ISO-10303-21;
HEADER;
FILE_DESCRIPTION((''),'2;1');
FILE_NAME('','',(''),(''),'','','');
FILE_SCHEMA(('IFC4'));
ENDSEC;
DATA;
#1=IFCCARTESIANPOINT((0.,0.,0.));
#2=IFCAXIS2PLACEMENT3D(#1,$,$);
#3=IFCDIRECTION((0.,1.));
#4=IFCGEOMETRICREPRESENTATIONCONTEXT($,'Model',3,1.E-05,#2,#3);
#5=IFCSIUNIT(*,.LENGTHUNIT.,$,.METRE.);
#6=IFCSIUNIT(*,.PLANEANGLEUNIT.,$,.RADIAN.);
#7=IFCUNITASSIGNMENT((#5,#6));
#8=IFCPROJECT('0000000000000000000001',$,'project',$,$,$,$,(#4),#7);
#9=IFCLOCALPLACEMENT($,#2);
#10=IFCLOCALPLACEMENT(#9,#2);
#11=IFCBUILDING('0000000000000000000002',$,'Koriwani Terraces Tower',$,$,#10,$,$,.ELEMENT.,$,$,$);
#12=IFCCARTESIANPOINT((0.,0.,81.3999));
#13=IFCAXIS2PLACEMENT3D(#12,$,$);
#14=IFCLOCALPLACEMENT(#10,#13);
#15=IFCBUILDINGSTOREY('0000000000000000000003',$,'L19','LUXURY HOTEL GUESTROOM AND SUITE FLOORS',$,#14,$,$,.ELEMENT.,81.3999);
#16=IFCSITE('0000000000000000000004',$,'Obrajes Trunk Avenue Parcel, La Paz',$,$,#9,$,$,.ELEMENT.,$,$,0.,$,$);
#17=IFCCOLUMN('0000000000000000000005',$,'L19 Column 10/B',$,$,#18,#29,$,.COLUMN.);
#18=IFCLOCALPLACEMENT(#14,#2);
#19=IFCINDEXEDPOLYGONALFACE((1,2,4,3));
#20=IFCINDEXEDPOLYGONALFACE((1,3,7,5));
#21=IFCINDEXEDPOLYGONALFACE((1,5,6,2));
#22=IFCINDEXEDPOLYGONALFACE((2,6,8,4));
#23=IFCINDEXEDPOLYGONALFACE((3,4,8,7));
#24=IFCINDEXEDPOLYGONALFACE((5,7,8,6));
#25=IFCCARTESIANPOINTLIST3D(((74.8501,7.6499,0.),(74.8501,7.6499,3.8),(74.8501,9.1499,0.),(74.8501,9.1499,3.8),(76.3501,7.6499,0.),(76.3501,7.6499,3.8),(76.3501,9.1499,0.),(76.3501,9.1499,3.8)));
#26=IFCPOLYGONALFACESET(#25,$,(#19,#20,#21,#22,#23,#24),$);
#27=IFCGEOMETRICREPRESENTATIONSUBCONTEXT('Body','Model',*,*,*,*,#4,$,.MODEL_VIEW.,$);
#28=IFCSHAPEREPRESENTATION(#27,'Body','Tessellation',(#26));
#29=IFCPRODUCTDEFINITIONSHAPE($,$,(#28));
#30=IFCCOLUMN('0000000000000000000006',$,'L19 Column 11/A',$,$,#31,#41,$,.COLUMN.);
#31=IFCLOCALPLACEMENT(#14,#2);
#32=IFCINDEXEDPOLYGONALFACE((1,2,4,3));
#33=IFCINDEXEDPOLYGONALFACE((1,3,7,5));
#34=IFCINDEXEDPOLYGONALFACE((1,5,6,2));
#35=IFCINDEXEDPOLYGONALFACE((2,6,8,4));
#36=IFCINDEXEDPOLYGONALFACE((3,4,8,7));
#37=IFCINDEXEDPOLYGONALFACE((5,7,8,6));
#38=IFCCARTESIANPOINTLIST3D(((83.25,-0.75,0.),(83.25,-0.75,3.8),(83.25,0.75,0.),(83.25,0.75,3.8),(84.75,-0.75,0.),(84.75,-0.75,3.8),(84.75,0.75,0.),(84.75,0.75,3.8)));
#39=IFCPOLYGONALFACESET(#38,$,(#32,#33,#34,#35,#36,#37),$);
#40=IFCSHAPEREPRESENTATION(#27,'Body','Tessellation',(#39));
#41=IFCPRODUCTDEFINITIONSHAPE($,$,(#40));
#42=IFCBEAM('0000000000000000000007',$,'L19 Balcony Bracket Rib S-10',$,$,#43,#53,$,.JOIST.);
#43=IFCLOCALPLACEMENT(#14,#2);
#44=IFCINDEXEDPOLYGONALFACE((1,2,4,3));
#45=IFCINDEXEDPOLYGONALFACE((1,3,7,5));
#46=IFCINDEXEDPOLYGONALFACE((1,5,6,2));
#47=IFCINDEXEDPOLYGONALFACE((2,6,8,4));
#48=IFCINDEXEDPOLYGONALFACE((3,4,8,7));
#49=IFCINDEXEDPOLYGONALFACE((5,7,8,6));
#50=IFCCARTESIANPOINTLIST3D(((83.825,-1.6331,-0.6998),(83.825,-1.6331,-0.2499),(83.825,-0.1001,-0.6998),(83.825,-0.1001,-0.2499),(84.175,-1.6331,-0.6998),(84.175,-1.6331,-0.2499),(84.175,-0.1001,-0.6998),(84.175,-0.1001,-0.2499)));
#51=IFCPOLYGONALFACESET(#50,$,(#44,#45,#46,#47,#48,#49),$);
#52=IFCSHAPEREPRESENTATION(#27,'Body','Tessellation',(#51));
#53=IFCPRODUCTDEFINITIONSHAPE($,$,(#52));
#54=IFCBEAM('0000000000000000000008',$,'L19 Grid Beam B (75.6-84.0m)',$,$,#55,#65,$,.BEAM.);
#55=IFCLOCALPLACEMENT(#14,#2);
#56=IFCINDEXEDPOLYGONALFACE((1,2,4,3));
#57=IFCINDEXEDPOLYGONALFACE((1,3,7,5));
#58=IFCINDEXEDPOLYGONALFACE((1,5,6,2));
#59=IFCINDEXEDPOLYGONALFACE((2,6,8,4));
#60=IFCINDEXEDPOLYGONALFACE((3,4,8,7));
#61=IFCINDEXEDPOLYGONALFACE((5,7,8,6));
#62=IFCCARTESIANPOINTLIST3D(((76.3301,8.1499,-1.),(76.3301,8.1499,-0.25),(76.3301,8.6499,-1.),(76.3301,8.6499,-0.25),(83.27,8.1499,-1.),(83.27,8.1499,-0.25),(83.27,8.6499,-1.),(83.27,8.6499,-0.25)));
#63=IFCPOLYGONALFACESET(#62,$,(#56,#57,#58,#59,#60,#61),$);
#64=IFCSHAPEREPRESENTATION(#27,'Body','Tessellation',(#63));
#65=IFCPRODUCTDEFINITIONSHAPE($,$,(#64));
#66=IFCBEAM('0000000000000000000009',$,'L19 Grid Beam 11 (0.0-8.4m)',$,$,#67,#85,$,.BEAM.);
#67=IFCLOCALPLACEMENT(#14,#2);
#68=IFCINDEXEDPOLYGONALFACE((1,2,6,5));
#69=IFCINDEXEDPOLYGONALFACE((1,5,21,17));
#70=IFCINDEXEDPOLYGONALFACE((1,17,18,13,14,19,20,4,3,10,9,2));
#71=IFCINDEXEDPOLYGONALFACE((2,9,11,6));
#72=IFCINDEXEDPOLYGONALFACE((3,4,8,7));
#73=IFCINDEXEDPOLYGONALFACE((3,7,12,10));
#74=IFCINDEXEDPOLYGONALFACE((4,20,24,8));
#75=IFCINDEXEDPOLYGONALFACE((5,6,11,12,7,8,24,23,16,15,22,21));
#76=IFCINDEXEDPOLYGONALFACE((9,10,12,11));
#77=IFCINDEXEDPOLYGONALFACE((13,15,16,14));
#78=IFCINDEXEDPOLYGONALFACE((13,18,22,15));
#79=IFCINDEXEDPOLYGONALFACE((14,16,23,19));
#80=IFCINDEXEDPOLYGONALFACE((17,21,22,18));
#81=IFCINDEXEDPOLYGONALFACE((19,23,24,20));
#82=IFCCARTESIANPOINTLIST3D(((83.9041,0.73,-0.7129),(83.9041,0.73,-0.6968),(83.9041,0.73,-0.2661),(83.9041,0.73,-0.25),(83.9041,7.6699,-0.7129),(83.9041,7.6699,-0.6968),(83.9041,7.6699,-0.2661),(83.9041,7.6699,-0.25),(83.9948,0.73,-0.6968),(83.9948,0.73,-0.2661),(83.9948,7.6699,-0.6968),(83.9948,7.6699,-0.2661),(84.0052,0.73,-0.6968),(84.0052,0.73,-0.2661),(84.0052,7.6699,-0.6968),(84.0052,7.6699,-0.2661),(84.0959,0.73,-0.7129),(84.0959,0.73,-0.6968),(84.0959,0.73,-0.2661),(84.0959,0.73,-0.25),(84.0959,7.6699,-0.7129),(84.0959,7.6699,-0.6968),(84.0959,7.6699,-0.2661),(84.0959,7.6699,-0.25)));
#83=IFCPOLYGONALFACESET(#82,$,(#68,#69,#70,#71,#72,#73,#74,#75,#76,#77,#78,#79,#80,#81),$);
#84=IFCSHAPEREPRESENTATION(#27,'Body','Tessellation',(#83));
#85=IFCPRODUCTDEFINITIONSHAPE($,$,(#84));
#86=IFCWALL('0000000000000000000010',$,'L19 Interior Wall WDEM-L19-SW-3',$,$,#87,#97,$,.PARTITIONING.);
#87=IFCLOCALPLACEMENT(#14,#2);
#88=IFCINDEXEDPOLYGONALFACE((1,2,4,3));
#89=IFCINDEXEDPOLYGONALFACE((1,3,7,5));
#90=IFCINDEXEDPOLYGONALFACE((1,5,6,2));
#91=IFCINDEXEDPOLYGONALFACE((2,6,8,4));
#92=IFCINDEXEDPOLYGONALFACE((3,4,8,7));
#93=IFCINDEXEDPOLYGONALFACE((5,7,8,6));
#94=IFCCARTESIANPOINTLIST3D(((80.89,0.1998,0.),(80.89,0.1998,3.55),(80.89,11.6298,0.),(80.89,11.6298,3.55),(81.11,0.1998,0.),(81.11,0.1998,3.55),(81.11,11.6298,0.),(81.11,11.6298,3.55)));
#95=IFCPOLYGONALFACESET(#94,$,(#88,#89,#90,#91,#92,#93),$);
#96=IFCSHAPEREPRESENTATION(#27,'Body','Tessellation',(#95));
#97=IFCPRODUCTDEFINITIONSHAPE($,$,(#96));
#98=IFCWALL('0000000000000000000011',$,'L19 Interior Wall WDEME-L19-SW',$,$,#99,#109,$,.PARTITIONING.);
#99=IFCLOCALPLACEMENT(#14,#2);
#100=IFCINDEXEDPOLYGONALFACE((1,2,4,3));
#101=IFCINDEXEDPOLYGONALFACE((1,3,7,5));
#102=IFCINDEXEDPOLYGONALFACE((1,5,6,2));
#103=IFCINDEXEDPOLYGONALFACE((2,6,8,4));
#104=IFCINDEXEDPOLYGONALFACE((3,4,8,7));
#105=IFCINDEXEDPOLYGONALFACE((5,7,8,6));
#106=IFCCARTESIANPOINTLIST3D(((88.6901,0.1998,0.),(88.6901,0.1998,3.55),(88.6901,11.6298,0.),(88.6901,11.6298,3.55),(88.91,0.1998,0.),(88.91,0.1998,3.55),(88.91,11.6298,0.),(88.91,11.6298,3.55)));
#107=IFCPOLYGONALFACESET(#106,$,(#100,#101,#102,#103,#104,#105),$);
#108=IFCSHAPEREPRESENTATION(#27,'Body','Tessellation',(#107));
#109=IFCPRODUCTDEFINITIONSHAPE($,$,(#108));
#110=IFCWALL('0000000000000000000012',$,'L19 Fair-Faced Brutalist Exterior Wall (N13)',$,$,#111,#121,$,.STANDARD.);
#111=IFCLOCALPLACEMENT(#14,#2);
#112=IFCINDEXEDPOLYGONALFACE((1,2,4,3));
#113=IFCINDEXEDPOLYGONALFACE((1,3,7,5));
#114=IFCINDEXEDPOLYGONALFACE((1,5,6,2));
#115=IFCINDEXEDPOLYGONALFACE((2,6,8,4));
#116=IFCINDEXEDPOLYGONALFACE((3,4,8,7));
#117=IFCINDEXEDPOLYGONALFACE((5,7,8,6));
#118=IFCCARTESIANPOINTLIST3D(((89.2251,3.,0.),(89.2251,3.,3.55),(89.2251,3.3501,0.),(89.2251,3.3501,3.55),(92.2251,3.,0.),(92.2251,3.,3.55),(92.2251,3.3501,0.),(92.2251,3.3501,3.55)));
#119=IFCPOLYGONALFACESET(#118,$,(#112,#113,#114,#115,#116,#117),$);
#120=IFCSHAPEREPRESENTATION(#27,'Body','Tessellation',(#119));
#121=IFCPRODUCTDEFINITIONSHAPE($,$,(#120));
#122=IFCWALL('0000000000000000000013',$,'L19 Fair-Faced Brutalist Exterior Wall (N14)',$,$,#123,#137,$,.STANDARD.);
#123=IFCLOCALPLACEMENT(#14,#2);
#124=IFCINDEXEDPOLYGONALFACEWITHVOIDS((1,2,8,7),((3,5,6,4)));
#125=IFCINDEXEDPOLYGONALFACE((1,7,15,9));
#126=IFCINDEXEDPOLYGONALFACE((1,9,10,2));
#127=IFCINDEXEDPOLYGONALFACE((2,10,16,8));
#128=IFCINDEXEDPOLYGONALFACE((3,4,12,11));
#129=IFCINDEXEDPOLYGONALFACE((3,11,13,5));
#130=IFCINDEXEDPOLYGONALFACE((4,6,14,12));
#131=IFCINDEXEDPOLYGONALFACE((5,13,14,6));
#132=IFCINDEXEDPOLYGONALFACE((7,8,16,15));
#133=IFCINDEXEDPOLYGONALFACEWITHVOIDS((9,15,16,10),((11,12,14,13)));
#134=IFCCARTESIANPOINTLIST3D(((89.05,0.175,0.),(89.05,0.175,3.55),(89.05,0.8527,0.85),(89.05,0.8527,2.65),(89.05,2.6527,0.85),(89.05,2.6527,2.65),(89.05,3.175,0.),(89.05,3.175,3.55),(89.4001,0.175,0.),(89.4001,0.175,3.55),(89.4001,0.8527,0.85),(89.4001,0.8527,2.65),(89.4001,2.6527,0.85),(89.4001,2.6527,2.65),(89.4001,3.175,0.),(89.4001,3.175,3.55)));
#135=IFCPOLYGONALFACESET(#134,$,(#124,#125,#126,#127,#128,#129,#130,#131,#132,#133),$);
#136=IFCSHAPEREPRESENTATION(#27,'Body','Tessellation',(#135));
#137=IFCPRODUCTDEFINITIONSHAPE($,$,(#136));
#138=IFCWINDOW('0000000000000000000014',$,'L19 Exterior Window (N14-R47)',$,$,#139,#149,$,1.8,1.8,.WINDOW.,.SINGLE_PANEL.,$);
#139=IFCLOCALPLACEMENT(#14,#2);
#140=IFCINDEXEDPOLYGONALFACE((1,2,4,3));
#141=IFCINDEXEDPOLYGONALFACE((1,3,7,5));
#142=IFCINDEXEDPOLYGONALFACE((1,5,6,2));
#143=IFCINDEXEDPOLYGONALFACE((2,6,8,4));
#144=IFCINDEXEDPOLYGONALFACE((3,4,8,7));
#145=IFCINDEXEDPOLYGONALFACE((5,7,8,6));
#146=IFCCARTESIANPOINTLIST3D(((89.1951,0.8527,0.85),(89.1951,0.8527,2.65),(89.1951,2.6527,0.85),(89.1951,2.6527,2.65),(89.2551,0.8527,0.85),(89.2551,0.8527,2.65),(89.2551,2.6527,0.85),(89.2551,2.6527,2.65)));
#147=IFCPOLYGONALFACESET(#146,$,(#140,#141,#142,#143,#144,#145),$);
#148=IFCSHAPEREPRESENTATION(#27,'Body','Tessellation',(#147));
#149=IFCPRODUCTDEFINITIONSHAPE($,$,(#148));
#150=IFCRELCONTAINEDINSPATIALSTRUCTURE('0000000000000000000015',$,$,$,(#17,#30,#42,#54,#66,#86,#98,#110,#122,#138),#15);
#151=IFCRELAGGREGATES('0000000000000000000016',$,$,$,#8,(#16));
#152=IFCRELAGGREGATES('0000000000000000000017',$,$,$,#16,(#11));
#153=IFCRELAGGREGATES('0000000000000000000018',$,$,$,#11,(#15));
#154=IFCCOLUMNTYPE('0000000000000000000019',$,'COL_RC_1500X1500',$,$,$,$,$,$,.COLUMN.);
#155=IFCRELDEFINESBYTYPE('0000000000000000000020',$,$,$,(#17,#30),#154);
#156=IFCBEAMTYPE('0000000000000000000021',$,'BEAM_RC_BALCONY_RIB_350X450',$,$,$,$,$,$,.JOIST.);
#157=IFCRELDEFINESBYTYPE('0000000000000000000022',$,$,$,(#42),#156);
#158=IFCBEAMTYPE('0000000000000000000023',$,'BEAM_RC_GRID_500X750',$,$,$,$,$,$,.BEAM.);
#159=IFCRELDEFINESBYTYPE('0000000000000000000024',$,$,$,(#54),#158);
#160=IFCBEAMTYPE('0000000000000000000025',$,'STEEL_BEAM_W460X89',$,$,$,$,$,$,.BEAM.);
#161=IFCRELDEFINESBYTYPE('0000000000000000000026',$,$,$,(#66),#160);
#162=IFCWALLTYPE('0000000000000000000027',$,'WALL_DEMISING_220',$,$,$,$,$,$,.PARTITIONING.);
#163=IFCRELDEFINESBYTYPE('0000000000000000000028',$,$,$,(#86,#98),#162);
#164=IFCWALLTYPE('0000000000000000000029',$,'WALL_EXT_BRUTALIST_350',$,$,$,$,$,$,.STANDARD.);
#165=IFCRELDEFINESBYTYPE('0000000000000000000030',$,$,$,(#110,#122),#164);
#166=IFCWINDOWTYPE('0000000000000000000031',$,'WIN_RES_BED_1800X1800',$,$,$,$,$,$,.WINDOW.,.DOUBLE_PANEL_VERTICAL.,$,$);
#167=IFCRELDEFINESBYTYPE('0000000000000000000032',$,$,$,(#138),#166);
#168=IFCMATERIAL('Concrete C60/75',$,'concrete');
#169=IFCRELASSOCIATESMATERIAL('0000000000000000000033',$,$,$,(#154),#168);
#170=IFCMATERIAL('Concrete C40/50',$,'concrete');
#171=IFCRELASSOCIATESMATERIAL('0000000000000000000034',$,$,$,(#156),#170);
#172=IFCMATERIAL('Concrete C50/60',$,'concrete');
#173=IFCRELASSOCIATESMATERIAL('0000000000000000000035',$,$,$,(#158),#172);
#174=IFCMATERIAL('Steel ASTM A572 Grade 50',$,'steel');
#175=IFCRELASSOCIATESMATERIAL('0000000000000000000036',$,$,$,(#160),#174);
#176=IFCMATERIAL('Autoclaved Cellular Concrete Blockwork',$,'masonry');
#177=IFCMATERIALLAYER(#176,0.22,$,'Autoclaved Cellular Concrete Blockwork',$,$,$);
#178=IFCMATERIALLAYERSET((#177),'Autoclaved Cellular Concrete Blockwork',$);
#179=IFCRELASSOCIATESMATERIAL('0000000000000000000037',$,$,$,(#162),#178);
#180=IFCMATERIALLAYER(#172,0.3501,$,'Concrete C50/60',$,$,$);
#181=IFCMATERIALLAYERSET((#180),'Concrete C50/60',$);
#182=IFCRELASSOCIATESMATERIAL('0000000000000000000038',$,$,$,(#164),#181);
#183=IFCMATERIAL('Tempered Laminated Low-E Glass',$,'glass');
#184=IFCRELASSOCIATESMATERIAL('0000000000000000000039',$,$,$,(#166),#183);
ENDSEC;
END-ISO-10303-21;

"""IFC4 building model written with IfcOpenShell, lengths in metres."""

from ifc_helpers import new_model, si_unit, direction, frame, frame_2d, origin, origin_2d, place, context, subcontext, project, spatial, rectangle, i_section, extrude, material, layer, layer_set, material_profile, profile_set, type_object, element, fill, save


model = new_model("IFC4")

# Units and contexts
model_context = context("Model", 3, precision=1e-05, world=origin(), true_north=direction((0.0, 1.0)))
body_context = subcontext(model_context, "Body", "Model", "MODEL_VIEW")
ifc_project = project(units=[si_unit("LENGTHUNIT", "METRE"), si_unit("PLANEANGLEUNIT", "RADIAN")], contexts=[model_context])

# Site, building, storey
site_placement = place(None, origin())
site = spatial("IfcSite", under=ifc_project, at=site_placement, Name="Obrajes Trunk Avenue Parcel, La Paz", CompositionType="ELEMENT", RefElevation=0.0)
building_placement = place(site_placement, origin())
building = spatial("IfcBuilding", under=site, at=building_placement, Name="Koriwani Terraces Tower", CompositionType="ELEMENT")
storey_placement = place(building_placement, frame((0.0, 0.0, 81.3999)))
storey = spatial("IfcBuildingStorey", under=building, at=storey_placement, Name="L19", Description="LUXURY HOTEL GUESTROOM AND SUITE FLOORS", CompositionType="ELEMENT", Elevation=81.3999)

# Columns
ifc_material_1 = material(Name="Concrete C60/75", Category="concrete")
ifc_material_profile_1 = material_profile(ifc_material_1, rectangle(XDim=1.5, YDim=1.5, at=origin_2d()), Name="Concrete C60/75", Category="LoadBearing")
ifc_profile_set_1 = profile_set([ifc_material_profile_1], Name="Concrete C60/75")
column_type = type_object("IfcColumnType", Name="COL_RC_1500X1500", PredefinedType="COLUMN", material=ifc_profile_set_1)
for number, where, z_axis, x_axis, name in (
    (1, (75.6001, 8.3999, 0.0), (0.0, 0.0, 1.0), (1.0, 0.0, 0.0), "L19 Column 10/B"),
    (2, (84.0, 0.0, 0.0), (0.0, 0.0, 1.0), (1.0, 0.0, 0.0), "L19 Column 11/A"),
):
    element("IfcColumn", number, at=place(storey_placement, frame(where, z_axis=z_axis, x_axis=x_axis)), inside=storey, type_object=column_type, Name=name, PredefinedType="COLUMN", context=body_context, shape_type="SweptSolid", body=[
        extrude(rectangle(XDim=1.5, YDim=1.5, at=origin_2d()), origin(), (0.0, 0.0, 1.0), 3.8),
    ])

# Beams
ifc_material_2 = material(Name="Concrete C40/50", Category="concrete")
ifc_material_profile_2 = material_profile(ifc_material_2, rectangle(XDim=0.3501, YDim=0.45, at=origin_2d()), Name="Concrete C40/50", Category="LoadBearing")
ifc_profile_set_2 = profile_set([ifc_material_profile_2], Name="Concrete C40/50")
beam_type_1 = type_object("IfcBeamType", Name="BEAM_RC_BALCONY_RIB_350X450", PredefinedType="JOIST", material=ifc_profile_set_2)
beam_1_placement = place(storey_placement, frame((84.0, -1.6331, -0.4749), z_axis=(0.0, 1.0, 0.0), x_axis=(-1.0, 0.0, 0.0)))
element("IfcBeam", 3, at=beam_1_placement, inside=storey, type_object=beam_type_1, Name="L19 Balcony Bracket Rib S-10", PredefinedType="JOIST", context=body_context, shape_type="SweptSolid", body=[
    extrude(rectangle(XDim=0.3501, YDim=0.45, at=origin_2d()), origin(), (0.0, 0.0, 1.0), 1.533),
])
ifc_material_3 = material(Name="Concrete C50/60", Category="concrete")
ifc_material_profile_3 = material_profile(ifc_material_3, rectangle(XDim=0.5, YDim=0.75, at=origin_2d()), Name="Concrete C50/60", Category="LoadBearing")
ifc_profile_set_3 = profile_set([ifc_material_profile_3], Name="Concrete C50/60")
beam_type_2 = type_object("IfcBeamType", Name="BEAM_RC_GRID_500X750", PredefinedType="BEAM", material=ifc_profile_set_3)
beam_2_placement = place(storey_placement, frame((76.3301, 8.3999, -0.625), z_axis=(1.0, 0.0, 0.0), x_axis=(0.0, 1.0, 0.0)))
element("IfcBeam", 4, at=beam_2_placement, inside=storey, type_object=beam_type_2, Name="L19 Grid Beam B (75.6-84.0m)", PredefinedType="BEAM", context=body_context, shape_type="SweptSolid", body=[
    extrude(rectangle(XDim=0.5, YDim=0.75, at=origin_2d()), origin(), (0.0, 0.0, 1.0), 6.9399),
])
ifc_material_4 = material(Name="Steel ASTM A572 Grade 50", Category="steel")
ifc_material_profile_4 = material_profile(ifc_material_4, i_section(OverallWidth=0.1919, OverallDepth=0.4629, WebThickness=0.0105, FlangeThickness=0.0161, at=origin_2d()), Name="Steel ASTM A572 Grade 50", Category="LoadBearing")
ifc_profile_set_4 = profile_set([ifc_material_profile_4], Name="Steel ASTM A572 Grade 50")
beam_type_3 = type_object("IfcBeamType", Name="STEEL_BEAM_W460X89", PredefinedType="BEAM", material=ifc_profile_set_4)
beam_3_placement = place(storey_placement, frame((84.0, 0.73, -0.4814), z_axis=(0.0, 1.0, 0.0), x_axis=(-1.0, 0.0, 0.0)))
element("IfcBeam", 5, at=beam_3_placement, inside=storey, type_object=beam_type_3, Name="L19 Grid Beam 11 (0.0-8.4m)", PredefinedType="BEAM", context=body_context, shape_type="SweptSolid", body=[
    extrude(i_section(OverallWidth=0.1919, OverallDepth=0.4629, WebThickness=0.0105, FlangeThickness=0.0161, at=origin_2d()), origin(), (0.0, 0.0, 1.0), 6.9399),
])

# Walls
ifc_material_5 = material(Name="Autoclaved Cellular Concrete Blockwork", Category="masonry")
ifc_layer_1 = layer(ifc_material_5, 0.22, Name="Autoclaved Cellular Concrete Blockwork")
ifc_layer_set_1 = layer_set([ifc_layer_1], Name="Autoclaved Cellular Concrete Blockwork")
wall_type_1 = type_object("IfcWallType", Name="WALL_DEMISING_220", PredefinedType="PARTITIONING", material=ifc_layer_set_1)
for number, where, z_axis, x_axis, name in (
    (6, (81.0, 0.2, 0.0), (0.0, 0.0, 1.0), (0.0, 1.0, 0.0), "L19 Interior Wall WDEM-L19-SW-3"),
    (7, (88.8, 0.2, 0.0), (0.0, 0.0, 1.0), (0.0, 1.0, 0.0), "L19 Interior Wall WDEME-L19-SW"),
):
    element("IfcWall", number, at=place(storey_placement, frame(where, z_axis=z_axis, x_axis=x_axis)), inside=storey, type_object=wall_type_1, Name=name, PredefinedType="PARTITIONING", context=body_context, shape_type="SweptSolid", body=[
        extrude(rectangle(XDim=11.4299, YDim=0.22, at=frame_2d((5.7148, 0.0))), origin(), (0.0, 0.0, 1.0), 3.55),
    ])
ifc_layer_2 = layer(ifc_material_3, 0.3501, Name="Concrete C50/60")
ifc_layer_set_2 = layer_set([ifc_layer_2], Name="Concrete C50/60")
wall_type_2 = type_object("IfcWallType", Name="WALL_EXT_BRUTALIST_350", PredefinedType="STANDARD", material=ifc_layer_set_2)
wall_1_placement = place(storey_placement, frame((92.2251, 3.175, 0.0), z_axis=(0.0, 0.0, 1.0), x_axis=(-1.0, 0.0, 0.0)))
element("IfcWall", 8, at=wall_1_placement, inside=storey, type_object=wall_type_2, Name="L19 Fair-Faced Brutalist Exterior Wall (N13)", PredefinedType="STANDARD", context=body_context, shape_type="SweptSolid", body=[
    extrude(rectangle(XDim=3.0, YDim=0.3501, at=frame_2d((1.5, 0.0))), origin(), (0.0, 0.0, 1.0), 3.55),
])

# Wall, opening, window
wall_2_placement = place(storey_placement, frame((89.2251, 3.175, 0.0), z_axis=(0.0, 0.0, 1.0), x_axis=(0.0, -1.0, 0.0)))
wall_2 = element("IfcWall", 9, at=wall_2_placement, inside=storey, type_object=wall_type_2, Name="L19 Fair-Faced Brutalist Exterior Wall (N14)", PredefinedType="STANDARD", context=body_context, shape_type="SweptSolid", body=[
    extrude(rectangle(XDim=3.0, YDim=0.3501, at=frame_2d((1.5, 0.0))), origin(), (0.0, 0.0, 1.0), 3.55),
])
opening_1_placement = place(wall_2_placement, frame((0.5225, 0.0, 0.8501)))
opening_1 = element("IfcOpeningElement", 10, at=opening_1_placement, cuts=wall_2, PredefinedType="OPENING", context=body_context, shape_type="SweptSolid", body=[
    extrude(rectangle(XDim=1.8, YDim=1.8, at=frame_2d((0.8999, 0.8999))), frame((0.0, 0.1851, 0.0), z_axis=(0.0, -1.0, 0.0), x_axis=(1.0, 0.0, 0.0)), (0.0, 0.0, 1.0), 0.3701),
])
ifc_material_6 = material(Name="Tempered Laminated Low-E Glass", Category="glass")
window_type_1 = type_object("IfcWindowType", Name="WIN_RES_BED_1800X1800", PartitioningType="DOUBLE_PANEL_VERTICAL", PredefinedType="WINDOW", material=ifc_material_6)
window_1_placement = place(opening_1_placement, origin())
window_1 = element("IfcWindow", 11, at=window_1_placement, inside=storey, type_object=window_type_1, Name="L19 Exterior Window (N14-R47)", OverallHeight=1.8, OverallWidth=1.8, PartitioningType="SINGLE_PANEL", PredefinedType="WINDOW", context=body_context, shape_type="SweptSolid", body=[
    extrude(rectangle(XDim=1.8, YDim=1.8, at=frame_2d((0.8999, 0.8999))), frame((0.0, 0.03, 0.0), z_axis=(0.0, -1.0, 0.0), x_axis=(1.0, 0.0, 0.0)), (0.0, 0.0, 1.0), 0.0601),
])
fill(opening_1, window_1)

save(model, "model.ifc")
